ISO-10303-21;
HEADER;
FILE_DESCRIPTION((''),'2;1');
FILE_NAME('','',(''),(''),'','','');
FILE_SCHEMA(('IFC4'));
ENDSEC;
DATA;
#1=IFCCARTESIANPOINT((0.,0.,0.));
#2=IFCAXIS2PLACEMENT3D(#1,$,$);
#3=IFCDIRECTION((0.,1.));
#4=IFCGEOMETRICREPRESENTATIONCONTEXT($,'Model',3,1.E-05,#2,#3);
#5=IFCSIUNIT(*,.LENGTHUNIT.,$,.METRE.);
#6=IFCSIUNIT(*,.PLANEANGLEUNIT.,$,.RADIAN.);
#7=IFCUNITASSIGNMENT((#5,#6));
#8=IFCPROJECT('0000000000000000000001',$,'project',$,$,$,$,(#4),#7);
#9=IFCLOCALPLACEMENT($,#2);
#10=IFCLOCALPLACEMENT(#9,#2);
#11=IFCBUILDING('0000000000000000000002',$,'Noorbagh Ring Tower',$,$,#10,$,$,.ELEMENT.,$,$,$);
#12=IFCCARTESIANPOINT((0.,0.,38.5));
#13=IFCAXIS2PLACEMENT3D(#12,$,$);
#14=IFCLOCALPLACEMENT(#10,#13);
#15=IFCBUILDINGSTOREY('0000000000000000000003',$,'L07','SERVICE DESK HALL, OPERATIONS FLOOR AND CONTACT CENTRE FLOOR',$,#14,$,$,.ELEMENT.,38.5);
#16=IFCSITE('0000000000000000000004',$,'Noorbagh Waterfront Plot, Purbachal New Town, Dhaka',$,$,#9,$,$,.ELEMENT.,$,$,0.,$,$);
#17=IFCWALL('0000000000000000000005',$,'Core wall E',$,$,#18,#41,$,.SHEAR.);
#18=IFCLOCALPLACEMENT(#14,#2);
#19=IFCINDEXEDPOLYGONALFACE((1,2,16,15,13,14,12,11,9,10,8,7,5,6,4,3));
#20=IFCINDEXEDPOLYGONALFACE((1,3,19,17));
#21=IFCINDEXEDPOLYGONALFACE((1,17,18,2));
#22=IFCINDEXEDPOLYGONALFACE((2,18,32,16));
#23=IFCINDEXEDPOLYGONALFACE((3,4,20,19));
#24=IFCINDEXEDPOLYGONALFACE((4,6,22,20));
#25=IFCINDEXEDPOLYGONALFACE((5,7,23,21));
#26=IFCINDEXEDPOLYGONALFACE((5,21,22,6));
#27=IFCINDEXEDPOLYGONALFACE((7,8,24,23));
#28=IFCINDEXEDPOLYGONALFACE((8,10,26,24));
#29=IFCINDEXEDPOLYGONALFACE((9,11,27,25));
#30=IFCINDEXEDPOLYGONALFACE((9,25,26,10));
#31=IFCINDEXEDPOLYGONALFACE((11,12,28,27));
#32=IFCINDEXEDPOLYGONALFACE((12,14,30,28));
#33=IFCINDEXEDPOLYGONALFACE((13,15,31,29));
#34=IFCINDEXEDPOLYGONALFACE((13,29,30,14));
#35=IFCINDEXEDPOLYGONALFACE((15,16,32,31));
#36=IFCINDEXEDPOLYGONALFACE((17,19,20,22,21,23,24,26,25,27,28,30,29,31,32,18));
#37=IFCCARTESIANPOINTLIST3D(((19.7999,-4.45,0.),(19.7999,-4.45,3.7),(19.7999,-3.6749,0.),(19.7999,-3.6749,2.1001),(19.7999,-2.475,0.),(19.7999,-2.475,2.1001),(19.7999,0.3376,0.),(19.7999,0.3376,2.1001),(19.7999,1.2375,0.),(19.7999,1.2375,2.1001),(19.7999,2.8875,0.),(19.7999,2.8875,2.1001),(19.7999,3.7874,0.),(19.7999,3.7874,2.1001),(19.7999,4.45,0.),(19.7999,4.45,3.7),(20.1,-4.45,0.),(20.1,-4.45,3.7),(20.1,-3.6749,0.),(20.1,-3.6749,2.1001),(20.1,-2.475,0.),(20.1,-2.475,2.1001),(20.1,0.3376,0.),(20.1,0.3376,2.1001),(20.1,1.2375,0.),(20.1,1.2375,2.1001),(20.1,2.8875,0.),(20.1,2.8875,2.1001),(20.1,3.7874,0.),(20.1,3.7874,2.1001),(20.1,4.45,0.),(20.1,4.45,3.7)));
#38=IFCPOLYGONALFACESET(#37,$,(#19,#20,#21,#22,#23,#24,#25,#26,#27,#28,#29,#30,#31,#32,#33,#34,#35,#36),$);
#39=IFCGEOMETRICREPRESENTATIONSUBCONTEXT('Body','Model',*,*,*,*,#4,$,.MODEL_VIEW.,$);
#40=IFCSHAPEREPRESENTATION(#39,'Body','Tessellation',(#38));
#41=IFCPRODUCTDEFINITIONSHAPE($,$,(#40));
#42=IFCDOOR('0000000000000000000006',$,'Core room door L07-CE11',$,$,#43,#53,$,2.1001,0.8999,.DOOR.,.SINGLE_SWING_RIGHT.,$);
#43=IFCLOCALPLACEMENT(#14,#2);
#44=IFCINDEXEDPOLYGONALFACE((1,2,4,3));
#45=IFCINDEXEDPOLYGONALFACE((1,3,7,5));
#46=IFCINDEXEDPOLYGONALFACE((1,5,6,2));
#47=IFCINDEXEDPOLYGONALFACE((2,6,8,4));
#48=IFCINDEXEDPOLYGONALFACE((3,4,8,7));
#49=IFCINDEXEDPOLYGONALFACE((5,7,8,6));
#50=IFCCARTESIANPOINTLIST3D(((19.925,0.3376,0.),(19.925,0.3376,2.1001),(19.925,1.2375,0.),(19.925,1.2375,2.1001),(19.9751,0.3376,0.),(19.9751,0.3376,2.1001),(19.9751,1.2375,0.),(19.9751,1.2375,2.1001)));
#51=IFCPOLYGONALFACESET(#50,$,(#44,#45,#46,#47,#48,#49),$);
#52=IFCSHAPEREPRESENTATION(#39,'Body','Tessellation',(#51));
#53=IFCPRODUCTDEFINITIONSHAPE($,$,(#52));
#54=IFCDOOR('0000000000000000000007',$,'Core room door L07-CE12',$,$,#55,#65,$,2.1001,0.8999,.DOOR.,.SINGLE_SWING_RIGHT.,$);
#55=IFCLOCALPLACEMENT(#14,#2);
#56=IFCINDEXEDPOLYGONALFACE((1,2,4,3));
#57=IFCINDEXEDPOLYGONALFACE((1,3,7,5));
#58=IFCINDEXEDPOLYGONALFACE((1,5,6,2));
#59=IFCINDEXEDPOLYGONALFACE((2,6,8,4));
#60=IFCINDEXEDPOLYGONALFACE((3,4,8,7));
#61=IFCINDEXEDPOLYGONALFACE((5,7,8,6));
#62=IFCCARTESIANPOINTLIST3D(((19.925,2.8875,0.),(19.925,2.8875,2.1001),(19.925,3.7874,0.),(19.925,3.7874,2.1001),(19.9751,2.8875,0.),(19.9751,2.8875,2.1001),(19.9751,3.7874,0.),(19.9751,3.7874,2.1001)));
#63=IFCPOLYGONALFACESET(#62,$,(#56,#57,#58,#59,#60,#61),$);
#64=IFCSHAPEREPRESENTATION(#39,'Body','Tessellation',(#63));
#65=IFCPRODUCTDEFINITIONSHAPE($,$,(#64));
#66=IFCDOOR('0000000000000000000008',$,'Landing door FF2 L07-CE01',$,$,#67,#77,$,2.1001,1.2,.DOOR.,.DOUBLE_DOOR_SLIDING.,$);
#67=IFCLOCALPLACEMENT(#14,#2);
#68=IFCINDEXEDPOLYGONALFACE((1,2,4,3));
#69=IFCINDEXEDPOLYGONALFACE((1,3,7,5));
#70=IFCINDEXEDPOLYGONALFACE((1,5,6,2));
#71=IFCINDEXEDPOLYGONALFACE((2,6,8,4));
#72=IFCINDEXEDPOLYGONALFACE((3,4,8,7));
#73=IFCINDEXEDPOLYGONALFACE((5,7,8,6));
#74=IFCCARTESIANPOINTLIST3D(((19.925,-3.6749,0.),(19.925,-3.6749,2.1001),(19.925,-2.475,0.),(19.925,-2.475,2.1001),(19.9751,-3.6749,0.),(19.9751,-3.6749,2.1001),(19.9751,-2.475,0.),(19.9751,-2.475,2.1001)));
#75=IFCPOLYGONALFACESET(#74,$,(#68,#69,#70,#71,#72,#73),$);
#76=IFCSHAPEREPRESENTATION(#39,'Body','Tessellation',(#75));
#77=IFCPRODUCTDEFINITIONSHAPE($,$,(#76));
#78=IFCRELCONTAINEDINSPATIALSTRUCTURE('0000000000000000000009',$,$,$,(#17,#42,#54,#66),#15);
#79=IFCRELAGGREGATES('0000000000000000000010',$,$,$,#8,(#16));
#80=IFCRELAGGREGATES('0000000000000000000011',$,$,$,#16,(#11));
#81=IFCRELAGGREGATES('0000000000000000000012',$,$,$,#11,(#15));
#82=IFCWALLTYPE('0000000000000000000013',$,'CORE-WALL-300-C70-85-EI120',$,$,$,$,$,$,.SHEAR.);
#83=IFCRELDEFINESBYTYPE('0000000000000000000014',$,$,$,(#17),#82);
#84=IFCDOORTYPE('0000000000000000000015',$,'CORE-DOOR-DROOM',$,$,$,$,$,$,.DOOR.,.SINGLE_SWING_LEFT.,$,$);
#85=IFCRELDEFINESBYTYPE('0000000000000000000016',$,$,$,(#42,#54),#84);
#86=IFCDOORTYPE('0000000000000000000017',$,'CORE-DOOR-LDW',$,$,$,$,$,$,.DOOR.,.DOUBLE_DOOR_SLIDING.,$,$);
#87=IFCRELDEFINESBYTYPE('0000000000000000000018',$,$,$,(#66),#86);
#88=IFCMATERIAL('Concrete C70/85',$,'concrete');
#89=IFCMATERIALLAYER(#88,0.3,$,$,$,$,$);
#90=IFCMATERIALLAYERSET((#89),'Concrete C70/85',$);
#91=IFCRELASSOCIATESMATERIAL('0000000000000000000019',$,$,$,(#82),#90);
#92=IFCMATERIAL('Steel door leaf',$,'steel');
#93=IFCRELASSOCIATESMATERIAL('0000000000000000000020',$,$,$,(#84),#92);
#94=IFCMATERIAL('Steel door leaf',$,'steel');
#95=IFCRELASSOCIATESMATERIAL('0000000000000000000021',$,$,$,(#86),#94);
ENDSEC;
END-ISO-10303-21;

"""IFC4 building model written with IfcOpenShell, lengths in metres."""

from ifc_helpers import new_model, si_unit, direction, frame, frame_2d, origin, place, context, subcontext, project, spatial, rectangle, extrude, material, layer, layer_set, type_object, element, fill, save


model = new_model("IFC4")

# Units and contexts
model_context = context("Model", 3, precision=1e-05, world=origin(), true_north=direction((0.0, 1.0)))
body_context = subcontext(model_context, "Body", "Model", "MODEL_VIEW")
ifc_project = project(units=[si_unit("LENGTHUNIT", "METRE"), si_unit("PLANEANGLEUNIT", "RADIAN")], contexts=[model_context])

# Site, building, storey
site_placement = place(None, origin())
site = spatial("IfcSite", under=ifc_project, at=site_placement, Name="Noorbagh Waterfront Plot, Purbachal New Town, Dhaka", CompositionType="ELEMENT", RefElevation=0.0)
building_placement = place(site_placement, origin())
building = spatial("IfcBuilding", under=site, at=building_placement, Name="Noorbagh Ring Tower", CompositionType="ELEMENT")
storey_placement = place(building_placement, frame((0.0, 0.0, 38.5)))
storey = spatial("IfcBuildingStorey", under=building, at=storey_placement, Name="L07", Description="SERVICE DESK HALL, OPERATIONS FLOOR AND CONTACT CENTRE FLOOR", CompositionType="ELEMENT", Elevation=38.5)

# Shared definitions
ifc_material_1 = material(Name="Concrete C70/85", Category="concrete")
ifc_layer_1 = layer(ifc_material_1, 0.3)
ifc_layer_set_1 = layer_set([ifc_layer_1], Name="Concrete C70/85")
wall_type_1 = type_object("IfcWallType", Name="CORE-WALL-300-C70-85-EI120", PredefinedType="SHEAR", material=ifc_layer_set_1)

# Wall, openings, doors
wall_1_placement = place(storey_placement, frame((19.95, -4.45, 0.0), z_axis=(0.0, 0.0, 1.0), x_axis=(0.0, 1.0, 0.0)))
wall_1 = element("IfcWall", 1, at=wall_1_placement, inside=storey, type_object=wall_type_1, Name="Core wall E", PredefinedType="SHEAR", context=body_context, shape_type="SweptSolid", body=[
    extrude(rectangle(XDim=8.8999, YDim=0.3, at=frame_2d((4.45, 0.0))), origin(), (0.0, 0.0, 1.0), 3.7),
])
opening_1_placement = place(wall_1_placement, frame((0.7749, 0.0, 0.0)))
opening_1 = element("IfcOpeningElement", 2, at=opening_1_placement, cuts=wall_1, PredefinedType="OPENING", context=body_context, shape_type="SweptSolid", body=[
    extrude(rectangle(XDim=1.2, YDim=2.1001, at=frame_2d((0.6001, 1.05))), frame((0.0, 0.1602, 0.0), z_axis=(0.0, -1.0, 0.0), x_axis=(1.0, 0.0, 0.0)), (0.0, 0.0, 1.0), 0.3201),
])
opening_2_placement = place(wall_1_placement, frame((4.7876, 0.0, 0.0)))
opening_2 = element("IfcOpeningElement", 3, at=opening_2_placement, cuts=wall_1, PredefinedType="OPENING", context=body_context, shape_type="SweptSolid", body=[
    extrude(rectangle(XDim=0.8999, YDim=2.1001, at=frame_2d((0.45, 1.05))), frame((0.0, 0.1602, 0.0), z_axis=(0.0, -1.0, 0.0), x_axis=(1.0, 0.0, 0.0)), (0.0, 0.0, 1.0), 0.3201),
])
opening_3_placement = place(wall_1_placement, frame((7.3374, 0.0, 0.0)))
opening_3 = element("IfcOpeningElement", 4, at=opening_3_placement, cuts=wall_1, PredefinedType="OPENING", context=body_context, shape_type="SweptSolid", body=[
    extrude(rectangle(XDim=0.8999, YDim=2.1001, at=frame_2d((0.45, 1.05))), frame((0.0, 0.1602, 0.0), z_axis=(0.0, -1.0, 0.0), x_axis=(1.0, 0.0, 0.0)), (0.0, 0.0, 1.0), 0.3201),
])
ifc_material_2 = material(Name="Steel door leaf", Category="steel")
door_type_1 = type_object("IfcDoorType", Name="CORE-DOOR-DROOM", OperationType="SINGLE_SWING_LEFT", PredefinedType="DOOR", material=ifc_material_2)
door_1_placement = place(opening_2_placement, origin())
door_1 = element("IfcDoor", 5, at=door_1_placement, inside=storey, type_object=door_type_1, Name="Core room door L07-CE11", OperationType="SINGLE_SWING_RIGHT", OverallHeight=2.1001, OverallWidth=0.8999, PredefinedType="DOOR", context=body_context, shape_type="SweptSolid", body=[
    extrude(rectangle(XDim=0.8999, YDim=2.1001, at=frame_2d((0.45, 1.05))), frame((0.0, 0.0249, 0.0), z_axis=(0.0, -1.0, 0.0), x_axis=(1.0, 0.0, 0.0)), (0.0, 0.0, 1.0), 0.05),
])
fill(opening_2, door_1)
door_2_placement = place(opening_3_placement, origin())
door_2 = element("IfcDoor", 6, at=door_2_placement, inside=storey, type_object=door_type_1, Name="Core room door L07-CE12", OperationType="SINGLE_SWING_RIGHT", OverallHeight=2.1001, OverallWidth=0.8999, PredefinedType="DOOR", context=body_context, shape_type="SweptSolid", body=[
    extrude(rectangle(XDim=0.8999, YDim=2.1001, at=frame_2d((0.45, 1.05))), frame((0.0, 0.0249, 0.0), z_axis=(0.0, -1.0, 0.0), x_axis=(1.0, 0.0, 0.0)), (0.0, 0.0, 1.0), 0.05),
])
fill(opening_3, door_2)
ifc_material_3 = material(Name="Steel door leaf", Category="steel")
door_type_2 = type_object("IfcDoorType", Name="CORE-DOOR-LDW", OperationType="DOUBLE_DOOR_SLIDING", PredefinedType="DOOR", material=ifc_material_3)
door_3_placement = place(opening_1_placement, origin())
door_3 = element("IfcDoor", 7, at=door_3_placement, inside=storey, type_object=door_type_2, Name="Landing door FF2 L07-CE01", OperationType="DOUBLE_DOOR_SLIDING", OverallHeight=2.1001, OverallWidth=1.2, PredefinedType="DOOR", context=body_context, shape_type="SweptSolid", body=[
    extrude(rectangle(XDim=1.2, YDim=2.1001, at=frame_2d((0.6001, 1.05))), frame((0.0, 0.0249, 0.0), z_axis=(0.0, -1.0, 0.0), x_axis=(1.0, 0.0, 0.0)), (0.0, 0.0, 1.0), 0.05),
])
fill(opening_1, door_3)

save(model, "model.ifc")
